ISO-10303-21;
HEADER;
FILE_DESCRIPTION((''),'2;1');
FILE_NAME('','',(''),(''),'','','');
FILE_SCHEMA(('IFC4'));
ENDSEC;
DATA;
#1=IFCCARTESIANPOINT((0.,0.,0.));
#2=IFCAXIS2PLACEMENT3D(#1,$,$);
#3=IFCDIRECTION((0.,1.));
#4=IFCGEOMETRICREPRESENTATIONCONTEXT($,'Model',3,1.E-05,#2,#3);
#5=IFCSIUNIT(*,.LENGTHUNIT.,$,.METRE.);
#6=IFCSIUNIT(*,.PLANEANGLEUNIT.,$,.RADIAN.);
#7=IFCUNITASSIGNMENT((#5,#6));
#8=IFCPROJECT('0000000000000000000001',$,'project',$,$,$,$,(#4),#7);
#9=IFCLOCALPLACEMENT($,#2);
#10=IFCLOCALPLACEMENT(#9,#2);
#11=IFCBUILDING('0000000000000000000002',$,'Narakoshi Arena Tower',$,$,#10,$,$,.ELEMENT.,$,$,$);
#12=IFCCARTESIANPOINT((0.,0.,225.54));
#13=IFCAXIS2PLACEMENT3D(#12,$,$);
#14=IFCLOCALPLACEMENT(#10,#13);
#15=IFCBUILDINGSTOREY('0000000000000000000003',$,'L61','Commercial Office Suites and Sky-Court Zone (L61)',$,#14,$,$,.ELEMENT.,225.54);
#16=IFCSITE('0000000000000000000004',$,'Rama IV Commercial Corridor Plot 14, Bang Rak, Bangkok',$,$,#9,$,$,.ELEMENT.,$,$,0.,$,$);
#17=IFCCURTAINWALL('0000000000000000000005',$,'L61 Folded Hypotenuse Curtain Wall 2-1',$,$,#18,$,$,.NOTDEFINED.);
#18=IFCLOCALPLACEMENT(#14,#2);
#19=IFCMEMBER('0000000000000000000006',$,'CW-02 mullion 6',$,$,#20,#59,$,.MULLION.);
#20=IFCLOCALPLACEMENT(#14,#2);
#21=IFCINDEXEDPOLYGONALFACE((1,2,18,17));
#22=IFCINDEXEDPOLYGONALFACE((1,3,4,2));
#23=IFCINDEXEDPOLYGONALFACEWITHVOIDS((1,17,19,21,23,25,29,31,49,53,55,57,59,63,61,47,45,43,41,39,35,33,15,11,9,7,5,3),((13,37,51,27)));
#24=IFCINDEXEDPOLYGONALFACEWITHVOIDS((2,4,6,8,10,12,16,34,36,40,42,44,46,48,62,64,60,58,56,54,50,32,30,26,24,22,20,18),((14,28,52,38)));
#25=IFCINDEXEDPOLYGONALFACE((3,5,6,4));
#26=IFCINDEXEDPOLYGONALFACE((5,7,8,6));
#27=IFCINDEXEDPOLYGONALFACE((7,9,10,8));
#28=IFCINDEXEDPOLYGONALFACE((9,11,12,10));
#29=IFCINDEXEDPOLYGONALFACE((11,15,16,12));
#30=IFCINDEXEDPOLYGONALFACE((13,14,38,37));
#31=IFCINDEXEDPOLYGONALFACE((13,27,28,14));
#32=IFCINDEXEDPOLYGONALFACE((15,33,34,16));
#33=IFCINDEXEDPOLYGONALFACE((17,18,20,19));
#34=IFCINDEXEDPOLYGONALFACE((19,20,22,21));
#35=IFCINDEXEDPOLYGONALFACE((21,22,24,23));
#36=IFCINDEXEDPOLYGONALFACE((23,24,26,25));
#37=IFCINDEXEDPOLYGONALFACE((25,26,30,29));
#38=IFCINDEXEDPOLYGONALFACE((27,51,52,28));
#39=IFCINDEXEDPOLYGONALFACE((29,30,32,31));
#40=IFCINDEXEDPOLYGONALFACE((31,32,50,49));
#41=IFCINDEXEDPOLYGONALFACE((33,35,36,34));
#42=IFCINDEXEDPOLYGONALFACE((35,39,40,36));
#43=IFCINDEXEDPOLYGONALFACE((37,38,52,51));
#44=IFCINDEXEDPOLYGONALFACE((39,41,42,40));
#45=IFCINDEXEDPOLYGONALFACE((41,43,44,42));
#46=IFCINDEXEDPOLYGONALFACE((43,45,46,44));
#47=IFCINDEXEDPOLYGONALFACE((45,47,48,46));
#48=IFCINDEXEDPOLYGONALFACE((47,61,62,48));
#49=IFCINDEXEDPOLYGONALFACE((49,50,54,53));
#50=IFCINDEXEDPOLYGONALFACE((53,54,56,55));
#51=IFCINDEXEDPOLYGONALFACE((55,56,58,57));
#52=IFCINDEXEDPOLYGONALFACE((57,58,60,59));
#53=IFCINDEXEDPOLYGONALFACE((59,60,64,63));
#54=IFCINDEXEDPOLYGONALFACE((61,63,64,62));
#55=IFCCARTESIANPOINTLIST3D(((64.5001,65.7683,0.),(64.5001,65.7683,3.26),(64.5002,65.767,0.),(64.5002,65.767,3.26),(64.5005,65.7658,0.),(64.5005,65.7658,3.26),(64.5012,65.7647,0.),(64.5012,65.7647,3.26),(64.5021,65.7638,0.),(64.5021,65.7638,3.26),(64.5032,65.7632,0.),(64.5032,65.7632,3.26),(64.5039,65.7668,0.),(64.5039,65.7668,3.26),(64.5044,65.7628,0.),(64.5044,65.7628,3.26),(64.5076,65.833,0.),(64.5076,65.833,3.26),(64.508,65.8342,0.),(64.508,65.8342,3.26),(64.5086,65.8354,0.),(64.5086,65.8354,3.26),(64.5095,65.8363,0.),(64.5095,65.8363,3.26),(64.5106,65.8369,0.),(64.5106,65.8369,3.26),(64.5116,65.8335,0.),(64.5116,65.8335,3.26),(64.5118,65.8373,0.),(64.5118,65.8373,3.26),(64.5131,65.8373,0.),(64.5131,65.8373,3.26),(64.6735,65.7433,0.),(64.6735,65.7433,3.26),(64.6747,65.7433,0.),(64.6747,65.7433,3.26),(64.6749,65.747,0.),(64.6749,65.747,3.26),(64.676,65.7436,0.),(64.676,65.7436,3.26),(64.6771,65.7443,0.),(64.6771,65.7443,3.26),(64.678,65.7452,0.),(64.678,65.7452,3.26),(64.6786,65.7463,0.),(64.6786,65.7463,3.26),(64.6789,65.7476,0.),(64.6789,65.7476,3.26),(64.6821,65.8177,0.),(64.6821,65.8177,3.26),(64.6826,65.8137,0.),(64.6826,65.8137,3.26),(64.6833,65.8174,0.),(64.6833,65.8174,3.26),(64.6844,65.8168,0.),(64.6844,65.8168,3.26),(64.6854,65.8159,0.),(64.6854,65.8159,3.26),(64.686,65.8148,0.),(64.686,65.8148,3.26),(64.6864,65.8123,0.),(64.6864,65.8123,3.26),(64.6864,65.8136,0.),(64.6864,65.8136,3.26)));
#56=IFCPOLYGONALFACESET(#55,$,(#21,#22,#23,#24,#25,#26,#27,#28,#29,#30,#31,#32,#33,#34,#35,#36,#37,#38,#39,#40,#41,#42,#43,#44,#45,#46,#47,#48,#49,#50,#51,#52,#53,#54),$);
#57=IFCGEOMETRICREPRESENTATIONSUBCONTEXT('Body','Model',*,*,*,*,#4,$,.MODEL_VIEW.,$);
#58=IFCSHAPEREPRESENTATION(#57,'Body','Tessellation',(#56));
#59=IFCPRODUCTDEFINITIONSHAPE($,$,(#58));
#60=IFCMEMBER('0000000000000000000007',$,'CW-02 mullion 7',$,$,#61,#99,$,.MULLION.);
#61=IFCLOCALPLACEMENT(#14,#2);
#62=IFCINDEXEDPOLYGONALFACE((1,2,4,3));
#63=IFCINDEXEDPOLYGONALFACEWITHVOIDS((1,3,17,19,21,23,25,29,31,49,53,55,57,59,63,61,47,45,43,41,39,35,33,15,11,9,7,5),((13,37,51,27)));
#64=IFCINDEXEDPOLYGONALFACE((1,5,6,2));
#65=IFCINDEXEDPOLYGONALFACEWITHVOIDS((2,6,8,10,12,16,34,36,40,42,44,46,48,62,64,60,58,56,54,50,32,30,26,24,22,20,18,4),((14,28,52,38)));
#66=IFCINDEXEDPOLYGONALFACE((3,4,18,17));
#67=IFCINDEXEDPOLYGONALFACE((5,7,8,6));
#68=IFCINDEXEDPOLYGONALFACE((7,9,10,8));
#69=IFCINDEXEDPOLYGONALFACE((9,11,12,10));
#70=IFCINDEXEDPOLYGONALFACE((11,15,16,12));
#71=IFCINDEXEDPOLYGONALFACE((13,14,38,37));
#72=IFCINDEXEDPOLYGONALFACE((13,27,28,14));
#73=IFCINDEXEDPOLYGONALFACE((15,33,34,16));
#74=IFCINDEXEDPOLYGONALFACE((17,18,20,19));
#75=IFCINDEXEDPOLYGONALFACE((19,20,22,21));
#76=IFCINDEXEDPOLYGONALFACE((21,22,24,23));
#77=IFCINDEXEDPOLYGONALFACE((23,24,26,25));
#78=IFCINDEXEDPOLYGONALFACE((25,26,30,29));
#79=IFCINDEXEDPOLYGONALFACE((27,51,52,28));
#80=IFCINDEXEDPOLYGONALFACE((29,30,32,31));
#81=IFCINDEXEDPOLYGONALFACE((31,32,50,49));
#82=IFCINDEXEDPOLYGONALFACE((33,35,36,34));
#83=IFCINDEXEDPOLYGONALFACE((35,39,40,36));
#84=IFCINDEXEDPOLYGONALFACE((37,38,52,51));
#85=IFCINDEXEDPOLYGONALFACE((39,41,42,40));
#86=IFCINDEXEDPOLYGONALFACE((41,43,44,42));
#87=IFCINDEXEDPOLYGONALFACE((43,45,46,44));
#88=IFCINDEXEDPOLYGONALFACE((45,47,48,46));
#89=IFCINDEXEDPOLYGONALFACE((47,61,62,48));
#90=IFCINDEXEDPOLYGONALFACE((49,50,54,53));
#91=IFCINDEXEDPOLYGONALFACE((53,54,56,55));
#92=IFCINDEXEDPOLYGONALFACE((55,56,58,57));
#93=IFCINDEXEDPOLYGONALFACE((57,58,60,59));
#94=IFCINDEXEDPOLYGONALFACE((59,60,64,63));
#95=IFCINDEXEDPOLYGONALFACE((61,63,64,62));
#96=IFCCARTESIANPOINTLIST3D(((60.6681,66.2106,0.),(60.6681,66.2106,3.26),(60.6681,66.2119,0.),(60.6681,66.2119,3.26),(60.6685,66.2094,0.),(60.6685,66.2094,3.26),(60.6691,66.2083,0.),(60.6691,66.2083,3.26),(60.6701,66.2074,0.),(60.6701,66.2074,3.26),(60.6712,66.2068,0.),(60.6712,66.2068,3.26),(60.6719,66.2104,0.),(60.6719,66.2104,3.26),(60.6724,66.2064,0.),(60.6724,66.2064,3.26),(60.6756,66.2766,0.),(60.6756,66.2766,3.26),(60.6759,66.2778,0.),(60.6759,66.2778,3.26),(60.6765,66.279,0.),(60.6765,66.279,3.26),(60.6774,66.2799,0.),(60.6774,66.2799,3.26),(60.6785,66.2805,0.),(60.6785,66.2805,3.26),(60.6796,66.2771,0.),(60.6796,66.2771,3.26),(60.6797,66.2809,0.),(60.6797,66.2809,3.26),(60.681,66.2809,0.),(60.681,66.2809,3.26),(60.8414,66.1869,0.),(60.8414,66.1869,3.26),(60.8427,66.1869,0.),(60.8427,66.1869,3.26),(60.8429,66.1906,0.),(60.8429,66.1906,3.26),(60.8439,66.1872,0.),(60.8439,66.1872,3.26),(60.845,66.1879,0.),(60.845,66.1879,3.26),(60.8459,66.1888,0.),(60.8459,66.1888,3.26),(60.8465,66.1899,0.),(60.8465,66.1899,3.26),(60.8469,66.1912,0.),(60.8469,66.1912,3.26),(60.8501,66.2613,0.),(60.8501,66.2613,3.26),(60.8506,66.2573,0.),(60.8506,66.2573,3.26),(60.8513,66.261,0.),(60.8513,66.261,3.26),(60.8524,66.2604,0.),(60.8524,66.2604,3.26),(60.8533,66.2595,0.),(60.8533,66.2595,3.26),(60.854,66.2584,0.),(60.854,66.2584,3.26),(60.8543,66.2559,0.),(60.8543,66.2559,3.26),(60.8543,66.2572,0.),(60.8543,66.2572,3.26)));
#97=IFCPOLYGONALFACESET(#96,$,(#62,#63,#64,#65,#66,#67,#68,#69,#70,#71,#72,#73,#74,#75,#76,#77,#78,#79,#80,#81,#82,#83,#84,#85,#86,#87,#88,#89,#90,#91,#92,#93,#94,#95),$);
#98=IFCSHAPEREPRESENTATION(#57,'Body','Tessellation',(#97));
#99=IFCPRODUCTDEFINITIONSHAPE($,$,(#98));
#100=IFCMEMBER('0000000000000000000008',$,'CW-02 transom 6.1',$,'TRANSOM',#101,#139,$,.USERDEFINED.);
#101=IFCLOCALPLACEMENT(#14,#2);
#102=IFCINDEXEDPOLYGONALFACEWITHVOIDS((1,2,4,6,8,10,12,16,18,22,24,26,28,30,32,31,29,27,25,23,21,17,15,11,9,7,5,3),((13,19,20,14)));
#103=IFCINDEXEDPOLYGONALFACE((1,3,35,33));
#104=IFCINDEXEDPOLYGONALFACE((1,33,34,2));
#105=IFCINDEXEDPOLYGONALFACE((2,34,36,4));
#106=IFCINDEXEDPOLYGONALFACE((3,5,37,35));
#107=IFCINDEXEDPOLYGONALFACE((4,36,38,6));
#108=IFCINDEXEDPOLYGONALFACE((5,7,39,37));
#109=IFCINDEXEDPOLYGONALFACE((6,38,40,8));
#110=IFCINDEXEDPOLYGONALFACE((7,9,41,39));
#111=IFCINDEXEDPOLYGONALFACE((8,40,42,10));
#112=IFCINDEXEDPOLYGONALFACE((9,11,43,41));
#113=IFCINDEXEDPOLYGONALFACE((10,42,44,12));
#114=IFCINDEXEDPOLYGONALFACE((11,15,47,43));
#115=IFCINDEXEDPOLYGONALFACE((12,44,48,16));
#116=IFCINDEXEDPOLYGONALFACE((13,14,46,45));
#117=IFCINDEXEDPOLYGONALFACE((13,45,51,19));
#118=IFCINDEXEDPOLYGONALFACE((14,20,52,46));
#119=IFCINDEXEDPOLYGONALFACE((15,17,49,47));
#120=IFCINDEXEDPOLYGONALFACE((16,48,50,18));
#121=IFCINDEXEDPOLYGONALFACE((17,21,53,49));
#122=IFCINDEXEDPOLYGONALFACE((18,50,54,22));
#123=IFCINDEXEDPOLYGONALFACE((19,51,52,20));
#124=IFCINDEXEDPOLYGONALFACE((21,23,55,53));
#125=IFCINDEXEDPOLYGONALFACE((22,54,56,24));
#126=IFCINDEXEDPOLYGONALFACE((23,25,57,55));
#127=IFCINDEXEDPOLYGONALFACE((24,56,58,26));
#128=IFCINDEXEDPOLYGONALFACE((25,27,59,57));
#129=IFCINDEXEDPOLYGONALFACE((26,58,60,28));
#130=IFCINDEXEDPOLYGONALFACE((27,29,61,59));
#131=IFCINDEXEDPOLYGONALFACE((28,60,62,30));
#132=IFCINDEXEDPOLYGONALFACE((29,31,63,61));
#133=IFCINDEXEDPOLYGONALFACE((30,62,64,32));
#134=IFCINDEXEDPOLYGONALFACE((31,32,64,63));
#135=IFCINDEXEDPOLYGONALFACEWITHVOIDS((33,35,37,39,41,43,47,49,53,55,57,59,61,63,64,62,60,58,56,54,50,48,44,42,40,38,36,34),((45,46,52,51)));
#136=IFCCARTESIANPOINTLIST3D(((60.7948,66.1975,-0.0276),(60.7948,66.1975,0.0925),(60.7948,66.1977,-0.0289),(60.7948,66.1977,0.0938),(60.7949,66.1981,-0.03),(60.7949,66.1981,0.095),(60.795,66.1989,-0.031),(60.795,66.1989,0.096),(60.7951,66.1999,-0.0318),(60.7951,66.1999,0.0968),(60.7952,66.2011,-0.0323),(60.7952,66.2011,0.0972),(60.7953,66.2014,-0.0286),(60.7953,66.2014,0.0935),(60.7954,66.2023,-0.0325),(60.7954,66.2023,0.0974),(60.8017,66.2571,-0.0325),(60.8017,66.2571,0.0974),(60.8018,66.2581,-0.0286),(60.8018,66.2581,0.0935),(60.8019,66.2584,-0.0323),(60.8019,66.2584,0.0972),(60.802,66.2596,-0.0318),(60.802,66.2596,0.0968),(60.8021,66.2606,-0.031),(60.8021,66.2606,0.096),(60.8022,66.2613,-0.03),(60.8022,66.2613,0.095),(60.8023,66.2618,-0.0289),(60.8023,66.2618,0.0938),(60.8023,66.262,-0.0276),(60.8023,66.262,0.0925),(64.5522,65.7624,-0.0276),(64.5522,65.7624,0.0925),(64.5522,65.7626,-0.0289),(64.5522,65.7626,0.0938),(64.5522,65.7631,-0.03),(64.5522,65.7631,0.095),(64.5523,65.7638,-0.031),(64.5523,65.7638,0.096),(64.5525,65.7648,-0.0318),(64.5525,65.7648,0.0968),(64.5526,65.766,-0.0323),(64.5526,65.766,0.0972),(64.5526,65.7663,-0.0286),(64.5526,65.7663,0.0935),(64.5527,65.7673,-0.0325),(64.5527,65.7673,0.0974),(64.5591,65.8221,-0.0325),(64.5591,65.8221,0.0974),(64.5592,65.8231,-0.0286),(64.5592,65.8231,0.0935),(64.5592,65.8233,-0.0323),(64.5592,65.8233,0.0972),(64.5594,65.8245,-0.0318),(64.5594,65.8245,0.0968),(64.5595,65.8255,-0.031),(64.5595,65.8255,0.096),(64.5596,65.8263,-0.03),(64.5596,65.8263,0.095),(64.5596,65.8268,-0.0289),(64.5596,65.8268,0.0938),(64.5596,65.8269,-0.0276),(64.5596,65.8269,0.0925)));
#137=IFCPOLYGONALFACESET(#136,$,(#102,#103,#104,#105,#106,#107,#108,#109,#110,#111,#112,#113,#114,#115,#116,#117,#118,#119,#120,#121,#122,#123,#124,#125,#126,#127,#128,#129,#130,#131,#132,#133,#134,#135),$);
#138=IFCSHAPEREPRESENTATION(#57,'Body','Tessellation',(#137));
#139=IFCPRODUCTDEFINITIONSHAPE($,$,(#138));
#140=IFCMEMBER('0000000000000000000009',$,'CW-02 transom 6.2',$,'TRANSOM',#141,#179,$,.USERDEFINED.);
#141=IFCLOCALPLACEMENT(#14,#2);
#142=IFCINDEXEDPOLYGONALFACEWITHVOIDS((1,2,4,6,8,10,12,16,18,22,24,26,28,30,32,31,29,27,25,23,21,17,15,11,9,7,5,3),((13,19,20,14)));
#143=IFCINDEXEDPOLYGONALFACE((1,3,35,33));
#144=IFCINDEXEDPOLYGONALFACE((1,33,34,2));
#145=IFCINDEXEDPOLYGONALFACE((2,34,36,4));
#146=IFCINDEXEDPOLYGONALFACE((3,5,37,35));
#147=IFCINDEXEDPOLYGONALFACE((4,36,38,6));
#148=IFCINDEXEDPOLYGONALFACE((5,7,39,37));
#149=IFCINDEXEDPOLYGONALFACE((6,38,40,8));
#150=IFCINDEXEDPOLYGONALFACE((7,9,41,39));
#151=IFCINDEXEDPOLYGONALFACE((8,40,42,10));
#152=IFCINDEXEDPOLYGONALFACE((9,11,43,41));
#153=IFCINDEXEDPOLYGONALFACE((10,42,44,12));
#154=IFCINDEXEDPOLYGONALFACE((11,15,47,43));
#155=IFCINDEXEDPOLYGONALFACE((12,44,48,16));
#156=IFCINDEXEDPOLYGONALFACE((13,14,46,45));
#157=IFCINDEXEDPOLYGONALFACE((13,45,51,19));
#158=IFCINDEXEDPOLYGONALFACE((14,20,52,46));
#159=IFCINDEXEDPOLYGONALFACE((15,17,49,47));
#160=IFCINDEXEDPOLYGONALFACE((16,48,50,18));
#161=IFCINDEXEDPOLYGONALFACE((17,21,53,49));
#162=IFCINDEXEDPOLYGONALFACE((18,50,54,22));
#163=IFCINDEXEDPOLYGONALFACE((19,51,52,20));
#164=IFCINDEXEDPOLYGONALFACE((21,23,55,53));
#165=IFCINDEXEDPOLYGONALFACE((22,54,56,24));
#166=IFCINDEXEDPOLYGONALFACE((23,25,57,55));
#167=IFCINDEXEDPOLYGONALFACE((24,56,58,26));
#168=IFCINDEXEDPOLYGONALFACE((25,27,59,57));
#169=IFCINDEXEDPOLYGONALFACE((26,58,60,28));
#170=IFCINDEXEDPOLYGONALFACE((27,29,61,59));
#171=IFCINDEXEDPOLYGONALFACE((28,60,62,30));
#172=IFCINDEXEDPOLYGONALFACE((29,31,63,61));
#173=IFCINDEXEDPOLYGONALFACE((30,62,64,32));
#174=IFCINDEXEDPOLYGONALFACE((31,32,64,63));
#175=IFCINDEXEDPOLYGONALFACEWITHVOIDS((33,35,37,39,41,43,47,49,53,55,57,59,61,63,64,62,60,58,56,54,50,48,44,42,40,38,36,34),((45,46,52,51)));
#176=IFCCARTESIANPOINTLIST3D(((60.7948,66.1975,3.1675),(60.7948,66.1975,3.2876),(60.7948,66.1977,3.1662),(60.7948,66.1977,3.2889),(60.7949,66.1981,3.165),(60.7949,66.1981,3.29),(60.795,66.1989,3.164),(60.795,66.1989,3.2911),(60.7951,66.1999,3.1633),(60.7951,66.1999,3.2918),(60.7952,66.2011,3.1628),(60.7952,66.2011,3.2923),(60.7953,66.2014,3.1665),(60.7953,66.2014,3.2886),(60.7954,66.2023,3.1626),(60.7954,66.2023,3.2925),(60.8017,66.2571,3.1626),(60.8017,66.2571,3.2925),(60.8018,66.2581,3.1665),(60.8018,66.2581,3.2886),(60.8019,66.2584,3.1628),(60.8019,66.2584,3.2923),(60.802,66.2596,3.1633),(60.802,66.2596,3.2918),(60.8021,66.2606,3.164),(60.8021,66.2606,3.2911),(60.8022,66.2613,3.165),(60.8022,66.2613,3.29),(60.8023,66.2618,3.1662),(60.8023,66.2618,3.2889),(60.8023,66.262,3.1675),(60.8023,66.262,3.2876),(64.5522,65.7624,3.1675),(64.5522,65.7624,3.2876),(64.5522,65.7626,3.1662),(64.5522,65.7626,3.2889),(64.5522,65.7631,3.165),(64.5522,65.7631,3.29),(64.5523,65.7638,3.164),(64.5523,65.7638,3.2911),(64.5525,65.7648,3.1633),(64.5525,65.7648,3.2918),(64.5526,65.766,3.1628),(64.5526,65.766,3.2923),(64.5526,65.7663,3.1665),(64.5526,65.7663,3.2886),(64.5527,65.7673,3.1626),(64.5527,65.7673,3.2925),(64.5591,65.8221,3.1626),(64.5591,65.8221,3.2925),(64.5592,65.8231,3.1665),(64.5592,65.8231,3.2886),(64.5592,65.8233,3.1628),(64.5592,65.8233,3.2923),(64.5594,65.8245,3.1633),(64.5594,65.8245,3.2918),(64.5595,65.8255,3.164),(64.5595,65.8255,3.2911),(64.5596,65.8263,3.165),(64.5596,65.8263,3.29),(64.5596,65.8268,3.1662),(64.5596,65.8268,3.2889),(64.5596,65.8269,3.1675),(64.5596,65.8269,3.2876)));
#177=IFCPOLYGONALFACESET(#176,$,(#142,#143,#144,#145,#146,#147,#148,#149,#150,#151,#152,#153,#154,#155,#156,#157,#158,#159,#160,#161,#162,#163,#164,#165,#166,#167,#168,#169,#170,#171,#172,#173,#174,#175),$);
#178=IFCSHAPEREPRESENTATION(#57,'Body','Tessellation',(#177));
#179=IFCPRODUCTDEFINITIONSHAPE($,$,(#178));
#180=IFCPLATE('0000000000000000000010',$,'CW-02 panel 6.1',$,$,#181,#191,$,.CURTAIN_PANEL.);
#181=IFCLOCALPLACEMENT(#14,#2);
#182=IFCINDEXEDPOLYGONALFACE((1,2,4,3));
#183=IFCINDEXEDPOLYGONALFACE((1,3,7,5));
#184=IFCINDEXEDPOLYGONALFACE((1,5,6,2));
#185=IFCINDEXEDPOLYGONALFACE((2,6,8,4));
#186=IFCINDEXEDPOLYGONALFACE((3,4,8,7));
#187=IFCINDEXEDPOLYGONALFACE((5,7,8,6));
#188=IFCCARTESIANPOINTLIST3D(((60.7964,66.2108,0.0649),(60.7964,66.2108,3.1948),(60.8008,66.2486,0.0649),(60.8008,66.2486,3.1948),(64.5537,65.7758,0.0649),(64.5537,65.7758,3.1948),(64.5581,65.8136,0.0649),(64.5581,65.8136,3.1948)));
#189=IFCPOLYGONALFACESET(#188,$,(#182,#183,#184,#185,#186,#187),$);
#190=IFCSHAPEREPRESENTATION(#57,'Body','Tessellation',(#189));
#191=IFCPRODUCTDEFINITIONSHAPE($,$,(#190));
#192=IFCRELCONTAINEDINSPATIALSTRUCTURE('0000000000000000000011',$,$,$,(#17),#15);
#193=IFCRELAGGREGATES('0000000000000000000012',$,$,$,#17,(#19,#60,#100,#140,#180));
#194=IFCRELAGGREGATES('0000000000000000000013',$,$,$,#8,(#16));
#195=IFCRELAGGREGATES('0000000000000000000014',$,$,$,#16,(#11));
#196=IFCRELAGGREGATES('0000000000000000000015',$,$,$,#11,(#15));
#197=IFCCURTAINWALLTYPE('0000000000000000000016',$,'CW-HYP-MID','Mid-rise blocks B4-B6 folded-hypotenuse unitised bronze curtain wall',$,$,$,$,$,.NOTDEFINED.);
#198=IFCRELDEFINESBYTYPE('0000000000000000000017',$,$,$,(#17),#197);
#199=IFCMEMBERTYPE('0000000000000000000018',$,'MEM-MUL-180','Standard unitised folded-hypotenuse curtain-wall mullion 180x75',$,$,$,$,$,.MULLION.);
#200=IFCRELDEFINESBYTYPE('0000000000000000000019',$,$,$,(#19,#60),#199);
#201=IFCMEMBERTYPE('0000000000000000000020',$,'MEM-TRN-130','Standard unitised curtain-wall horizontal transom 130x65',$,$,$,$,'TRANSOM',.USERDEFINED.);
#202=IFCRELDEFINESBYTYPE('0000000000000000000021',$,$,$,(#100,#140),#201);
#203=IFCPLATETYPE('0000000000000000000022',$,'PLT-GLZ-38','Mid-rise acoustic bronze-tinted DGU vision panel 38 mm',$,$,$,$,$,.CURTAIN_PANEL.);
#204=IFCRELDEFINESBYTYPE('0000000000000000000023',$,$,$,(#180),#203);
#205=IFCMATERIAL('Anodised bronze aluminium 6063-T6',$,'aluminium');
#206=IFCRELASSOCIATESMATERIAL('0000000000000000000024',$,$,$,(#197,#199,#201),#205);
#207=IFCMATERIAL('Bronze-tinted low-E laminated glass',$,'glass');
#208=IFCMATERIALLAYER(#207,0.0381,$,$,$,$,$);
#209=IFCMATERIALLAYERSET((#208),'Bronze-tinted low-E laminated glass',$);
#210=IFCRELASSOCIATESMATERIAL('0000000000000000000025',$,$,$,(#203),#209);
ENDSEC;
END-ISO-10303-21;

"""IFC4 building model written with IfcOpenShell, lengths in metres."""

from ifc_helpers import new_model, si_unit, direction, frame, origin, origin_2d, place, context, subcontext, project, spatial, rectangle, hollow_rectangle, extrude, material, layer, layer_set, material_profile, profile_set, type_object, element, aggregate, save


model = new_model("IFC4")

# Units and contexts
model_context = context("Model", 3, precision=1e-05, world=origin(), true_north=direction((0.0, 1.0)))
body_context = subcontext(model_context, "Body", "Model", "MODEL_VIEW")
ifc_project = project(units=[si_unit("LENGTHUNIT", "METRE"), si_unit("PLANEANGLEUNIT", "RADIAN")], contexts=[model_context])

# Site, building, storey
site_placement = place(None, origin())
site = spatial("IfcSite", under=ifc_project, at=site_placement, Name="Rama IV Commercial Corridor Plot 14, Bang Rak, Bangkok", CompositionType="ELEMENT", RefElevation=0.0)
building_placement = place(site_placement, origin())
building = spatial("IfcBuilding", under=site, at=building_placement, Name="Narakoshi Arena Tower", CompositionType="ELEMENT")
storey_placement = place(building_placement, frame((0.0, 0.0, 225.54)))
storey = spatial("IfcBuildingStorey", under=building, at=storey_placement, Name="L61", Description="Commercial Office Suites and Sky-Court Zone (L61)", CompositionType="ELEMENT", Elevation=225.54)

# Curtain wall, members, plate
ifc_material_1 = material(Name="Anodised bronze aluminium 6063-T6", Category="aluminium")
curtain_wall_type = type_object("IfcCurtainWallType", Name="CW-HYP-MID", Description="Mid-rise blocks B4-B6 folded-hypotenuse unitised bronze curtain wall", PredefinedType="NOTDEFINED", material=ifc_material_1)
curtain_wall_placement = place(storey_placement, origin())
curtain_wall = element("IfcCurtainWall", 1, at=curtain_wall_placement, inside=storey, type_object=curtain_wall_type, Name="L61 Folded Hypotenuse Curtain Wall 2-1", PredefinedType="NOTDEFINED")
ifc_material_profile_1 = material_profile(ifc_material_1, hollow_rectangle(XDim=0.075, YDim=0.1799, WallThickness=0.0039, OuterFilletRadius=0.0049, at=origin_2d()), Name="MUL180x75x4")
ifc_profile_set_1 = profile_set([ifc_material_profile_1], Name="Anodised bronze aluminium 6063-T6")
member_type_1 = type_object("IfcMemberType", Name="MEM-MUL-180", Description="Standard unitised folded-hypotenuse curtain-wall mullion 180x75", PredefinedType="MULLION", material=ifc_profile_set_1)
member_1_placement = place(storey_placement, frame((64.5933, 65.7903, 0.0), z_axis=(0.0, 0.0, 1.0), x_axis=(-0.115011, -0.993364, 0.0)))
member_1 = element("IfcMember", 2, at=member_1_placement, type_object=member_type_1, Name="CW-02 mullion 6", PredefinedType="MULLION", context=body_context, shape_type="SweptSolid", body=[
    extrude(hollow_rectangle(XDim=0.075, YDim=0.1799, WallThickness=0.0039, OuterFilletRadius=0.0049, at=origin_2d()), origin(), (0.0, 0.0, 1.0), 3.26),
])
member_2_placement = place(storey_placement, frame((60.7612, 66.2339, 0.0), z_axis=(0.0, 0.0, 1.0), x_axis=(-0.115011, -0.993364, 0.0)))
member_2 = element("IfcMember", 3, at=member_2_placement, type_object=member_type_1, Name="CW-02 mullion 7", PredefinedType="MULLION", context=body_context, shape_type="SweptSolid", body=[
    extrude(hollow_rectangle(XDim=0.075, YDim=0.1799, WallThickness=0.0039, OuterFilletRadius=0.0049, at=origin_2d()), origin(), (0.0, 0.0, 1.0), 3.26),
])
ifc_material_profile_2 = material_profile(ifc_material_1, hollow_rectangle(XDim=0.0649, YDim=0.1299, WallThickness=0.0039, OuterFilletRadius=0.0049, at=origin_2d()), Name="TRN130x65x4")
ifc_profile_set_2 = profile_set([ifc_material_profile_2], Name="Anodised bronze aluminium 6063-T6")
member_type_2 = type_object("IfcMemberType", Name="MEM-TRN-130", Description="Standard unitised curtain-wall horizontal transom 130x65", ElementType="TRANSOM", PredefinedType="USERDEFINED", material=ifc_profile_set_2)
member_3_placement = place(storey_placement, frame((64.5559, 65.7947, 0.0325), z_axis=(-0.993363, 0.115021, 0.0), x_axis=(-0.115021, -0.993363, 0.0)))
member_3 = element("IfcMember", 4, at=member_3_placement, type_object=member_type_2, Name="CW-02 transom 6.1", ObjectType="TRANSOM", PredefinedType="USERDEFINED", context=body_context, shape_type="SweptSolid", body=[
    extrude(hollow_rectangle(XDim=0.0649, YDim=0.1299, WallThickness=0.0039, OuterFilletRadius=0.0049, at=origin_2d()), origin(), (0.0, 0.0, 1.0), 3.7825),
])
member_4_placement = place(storey_placement, frame((64.5559, 65.7947, 3.2275), z_axis=(-0.993363, 0.115021, 0.0), x_axis=(-0.115021, -0.993363, 0.0)))
member_4 = element("IfcMember", 5, at=member_4_placement, type_object=member_type_2, Name="CW-02 transom 6.2", ObjectType="TRANSOM", PredefinedType="USERDEFINED", context=body_context, shape_type="SweptSolid", body=[
    extrude(hollow_rectangle(XDim=0.0649, YDim=0.1299, WallThickness=0.0039, OuterFilletRadius=0.0049, at=origin_2d()), origin(), (0.0, 0.0, 1.0), 3.7825),
])
ifc_material_2 = material(Name="Bronze-tinted low-E laminated glass", Category="glass")
ifc_layer_1 = layer(ifc_material_2, 0.0381)
ifc_layer_set_1 = layer_set([ifc_layer_1], Name="Bronze-tinted low-E laminated glass")
plate_type = type_object("IfcPlateType", Name="PLT-GLZ-38", Description="Mid-rise acoustic bronze-tinted DGU vision panel 38 mm", PredefinedType="CURTAIN_PANEL", material=ifc_layer_set_1)
plate_placement = place(storey_placement, frame((62.6772, 66.0122, 0.0649), z_axis=(0.0, 0.0, 1.0), x_axis=(-0.993364, 0.115011, 0.0)))
plate = element("IfcPlate", 6, at=plate_placement, type_object=plate_type, Name="CW-02 panel 6.1", PredefinedType="CURTAIN_PANEL", context=body_context, shape_type="SweptSolid", body=[
    extrude(rectangle(XDim=3.7825, YDim=0.0381, at=origin_2d()), origin(), (0.0, 0.0, 1.0), 3.1299),
])
aggregate(curtain_wall, [member_1, member_2, member_3, member_4, plate])

save(model, "model.ifc")
